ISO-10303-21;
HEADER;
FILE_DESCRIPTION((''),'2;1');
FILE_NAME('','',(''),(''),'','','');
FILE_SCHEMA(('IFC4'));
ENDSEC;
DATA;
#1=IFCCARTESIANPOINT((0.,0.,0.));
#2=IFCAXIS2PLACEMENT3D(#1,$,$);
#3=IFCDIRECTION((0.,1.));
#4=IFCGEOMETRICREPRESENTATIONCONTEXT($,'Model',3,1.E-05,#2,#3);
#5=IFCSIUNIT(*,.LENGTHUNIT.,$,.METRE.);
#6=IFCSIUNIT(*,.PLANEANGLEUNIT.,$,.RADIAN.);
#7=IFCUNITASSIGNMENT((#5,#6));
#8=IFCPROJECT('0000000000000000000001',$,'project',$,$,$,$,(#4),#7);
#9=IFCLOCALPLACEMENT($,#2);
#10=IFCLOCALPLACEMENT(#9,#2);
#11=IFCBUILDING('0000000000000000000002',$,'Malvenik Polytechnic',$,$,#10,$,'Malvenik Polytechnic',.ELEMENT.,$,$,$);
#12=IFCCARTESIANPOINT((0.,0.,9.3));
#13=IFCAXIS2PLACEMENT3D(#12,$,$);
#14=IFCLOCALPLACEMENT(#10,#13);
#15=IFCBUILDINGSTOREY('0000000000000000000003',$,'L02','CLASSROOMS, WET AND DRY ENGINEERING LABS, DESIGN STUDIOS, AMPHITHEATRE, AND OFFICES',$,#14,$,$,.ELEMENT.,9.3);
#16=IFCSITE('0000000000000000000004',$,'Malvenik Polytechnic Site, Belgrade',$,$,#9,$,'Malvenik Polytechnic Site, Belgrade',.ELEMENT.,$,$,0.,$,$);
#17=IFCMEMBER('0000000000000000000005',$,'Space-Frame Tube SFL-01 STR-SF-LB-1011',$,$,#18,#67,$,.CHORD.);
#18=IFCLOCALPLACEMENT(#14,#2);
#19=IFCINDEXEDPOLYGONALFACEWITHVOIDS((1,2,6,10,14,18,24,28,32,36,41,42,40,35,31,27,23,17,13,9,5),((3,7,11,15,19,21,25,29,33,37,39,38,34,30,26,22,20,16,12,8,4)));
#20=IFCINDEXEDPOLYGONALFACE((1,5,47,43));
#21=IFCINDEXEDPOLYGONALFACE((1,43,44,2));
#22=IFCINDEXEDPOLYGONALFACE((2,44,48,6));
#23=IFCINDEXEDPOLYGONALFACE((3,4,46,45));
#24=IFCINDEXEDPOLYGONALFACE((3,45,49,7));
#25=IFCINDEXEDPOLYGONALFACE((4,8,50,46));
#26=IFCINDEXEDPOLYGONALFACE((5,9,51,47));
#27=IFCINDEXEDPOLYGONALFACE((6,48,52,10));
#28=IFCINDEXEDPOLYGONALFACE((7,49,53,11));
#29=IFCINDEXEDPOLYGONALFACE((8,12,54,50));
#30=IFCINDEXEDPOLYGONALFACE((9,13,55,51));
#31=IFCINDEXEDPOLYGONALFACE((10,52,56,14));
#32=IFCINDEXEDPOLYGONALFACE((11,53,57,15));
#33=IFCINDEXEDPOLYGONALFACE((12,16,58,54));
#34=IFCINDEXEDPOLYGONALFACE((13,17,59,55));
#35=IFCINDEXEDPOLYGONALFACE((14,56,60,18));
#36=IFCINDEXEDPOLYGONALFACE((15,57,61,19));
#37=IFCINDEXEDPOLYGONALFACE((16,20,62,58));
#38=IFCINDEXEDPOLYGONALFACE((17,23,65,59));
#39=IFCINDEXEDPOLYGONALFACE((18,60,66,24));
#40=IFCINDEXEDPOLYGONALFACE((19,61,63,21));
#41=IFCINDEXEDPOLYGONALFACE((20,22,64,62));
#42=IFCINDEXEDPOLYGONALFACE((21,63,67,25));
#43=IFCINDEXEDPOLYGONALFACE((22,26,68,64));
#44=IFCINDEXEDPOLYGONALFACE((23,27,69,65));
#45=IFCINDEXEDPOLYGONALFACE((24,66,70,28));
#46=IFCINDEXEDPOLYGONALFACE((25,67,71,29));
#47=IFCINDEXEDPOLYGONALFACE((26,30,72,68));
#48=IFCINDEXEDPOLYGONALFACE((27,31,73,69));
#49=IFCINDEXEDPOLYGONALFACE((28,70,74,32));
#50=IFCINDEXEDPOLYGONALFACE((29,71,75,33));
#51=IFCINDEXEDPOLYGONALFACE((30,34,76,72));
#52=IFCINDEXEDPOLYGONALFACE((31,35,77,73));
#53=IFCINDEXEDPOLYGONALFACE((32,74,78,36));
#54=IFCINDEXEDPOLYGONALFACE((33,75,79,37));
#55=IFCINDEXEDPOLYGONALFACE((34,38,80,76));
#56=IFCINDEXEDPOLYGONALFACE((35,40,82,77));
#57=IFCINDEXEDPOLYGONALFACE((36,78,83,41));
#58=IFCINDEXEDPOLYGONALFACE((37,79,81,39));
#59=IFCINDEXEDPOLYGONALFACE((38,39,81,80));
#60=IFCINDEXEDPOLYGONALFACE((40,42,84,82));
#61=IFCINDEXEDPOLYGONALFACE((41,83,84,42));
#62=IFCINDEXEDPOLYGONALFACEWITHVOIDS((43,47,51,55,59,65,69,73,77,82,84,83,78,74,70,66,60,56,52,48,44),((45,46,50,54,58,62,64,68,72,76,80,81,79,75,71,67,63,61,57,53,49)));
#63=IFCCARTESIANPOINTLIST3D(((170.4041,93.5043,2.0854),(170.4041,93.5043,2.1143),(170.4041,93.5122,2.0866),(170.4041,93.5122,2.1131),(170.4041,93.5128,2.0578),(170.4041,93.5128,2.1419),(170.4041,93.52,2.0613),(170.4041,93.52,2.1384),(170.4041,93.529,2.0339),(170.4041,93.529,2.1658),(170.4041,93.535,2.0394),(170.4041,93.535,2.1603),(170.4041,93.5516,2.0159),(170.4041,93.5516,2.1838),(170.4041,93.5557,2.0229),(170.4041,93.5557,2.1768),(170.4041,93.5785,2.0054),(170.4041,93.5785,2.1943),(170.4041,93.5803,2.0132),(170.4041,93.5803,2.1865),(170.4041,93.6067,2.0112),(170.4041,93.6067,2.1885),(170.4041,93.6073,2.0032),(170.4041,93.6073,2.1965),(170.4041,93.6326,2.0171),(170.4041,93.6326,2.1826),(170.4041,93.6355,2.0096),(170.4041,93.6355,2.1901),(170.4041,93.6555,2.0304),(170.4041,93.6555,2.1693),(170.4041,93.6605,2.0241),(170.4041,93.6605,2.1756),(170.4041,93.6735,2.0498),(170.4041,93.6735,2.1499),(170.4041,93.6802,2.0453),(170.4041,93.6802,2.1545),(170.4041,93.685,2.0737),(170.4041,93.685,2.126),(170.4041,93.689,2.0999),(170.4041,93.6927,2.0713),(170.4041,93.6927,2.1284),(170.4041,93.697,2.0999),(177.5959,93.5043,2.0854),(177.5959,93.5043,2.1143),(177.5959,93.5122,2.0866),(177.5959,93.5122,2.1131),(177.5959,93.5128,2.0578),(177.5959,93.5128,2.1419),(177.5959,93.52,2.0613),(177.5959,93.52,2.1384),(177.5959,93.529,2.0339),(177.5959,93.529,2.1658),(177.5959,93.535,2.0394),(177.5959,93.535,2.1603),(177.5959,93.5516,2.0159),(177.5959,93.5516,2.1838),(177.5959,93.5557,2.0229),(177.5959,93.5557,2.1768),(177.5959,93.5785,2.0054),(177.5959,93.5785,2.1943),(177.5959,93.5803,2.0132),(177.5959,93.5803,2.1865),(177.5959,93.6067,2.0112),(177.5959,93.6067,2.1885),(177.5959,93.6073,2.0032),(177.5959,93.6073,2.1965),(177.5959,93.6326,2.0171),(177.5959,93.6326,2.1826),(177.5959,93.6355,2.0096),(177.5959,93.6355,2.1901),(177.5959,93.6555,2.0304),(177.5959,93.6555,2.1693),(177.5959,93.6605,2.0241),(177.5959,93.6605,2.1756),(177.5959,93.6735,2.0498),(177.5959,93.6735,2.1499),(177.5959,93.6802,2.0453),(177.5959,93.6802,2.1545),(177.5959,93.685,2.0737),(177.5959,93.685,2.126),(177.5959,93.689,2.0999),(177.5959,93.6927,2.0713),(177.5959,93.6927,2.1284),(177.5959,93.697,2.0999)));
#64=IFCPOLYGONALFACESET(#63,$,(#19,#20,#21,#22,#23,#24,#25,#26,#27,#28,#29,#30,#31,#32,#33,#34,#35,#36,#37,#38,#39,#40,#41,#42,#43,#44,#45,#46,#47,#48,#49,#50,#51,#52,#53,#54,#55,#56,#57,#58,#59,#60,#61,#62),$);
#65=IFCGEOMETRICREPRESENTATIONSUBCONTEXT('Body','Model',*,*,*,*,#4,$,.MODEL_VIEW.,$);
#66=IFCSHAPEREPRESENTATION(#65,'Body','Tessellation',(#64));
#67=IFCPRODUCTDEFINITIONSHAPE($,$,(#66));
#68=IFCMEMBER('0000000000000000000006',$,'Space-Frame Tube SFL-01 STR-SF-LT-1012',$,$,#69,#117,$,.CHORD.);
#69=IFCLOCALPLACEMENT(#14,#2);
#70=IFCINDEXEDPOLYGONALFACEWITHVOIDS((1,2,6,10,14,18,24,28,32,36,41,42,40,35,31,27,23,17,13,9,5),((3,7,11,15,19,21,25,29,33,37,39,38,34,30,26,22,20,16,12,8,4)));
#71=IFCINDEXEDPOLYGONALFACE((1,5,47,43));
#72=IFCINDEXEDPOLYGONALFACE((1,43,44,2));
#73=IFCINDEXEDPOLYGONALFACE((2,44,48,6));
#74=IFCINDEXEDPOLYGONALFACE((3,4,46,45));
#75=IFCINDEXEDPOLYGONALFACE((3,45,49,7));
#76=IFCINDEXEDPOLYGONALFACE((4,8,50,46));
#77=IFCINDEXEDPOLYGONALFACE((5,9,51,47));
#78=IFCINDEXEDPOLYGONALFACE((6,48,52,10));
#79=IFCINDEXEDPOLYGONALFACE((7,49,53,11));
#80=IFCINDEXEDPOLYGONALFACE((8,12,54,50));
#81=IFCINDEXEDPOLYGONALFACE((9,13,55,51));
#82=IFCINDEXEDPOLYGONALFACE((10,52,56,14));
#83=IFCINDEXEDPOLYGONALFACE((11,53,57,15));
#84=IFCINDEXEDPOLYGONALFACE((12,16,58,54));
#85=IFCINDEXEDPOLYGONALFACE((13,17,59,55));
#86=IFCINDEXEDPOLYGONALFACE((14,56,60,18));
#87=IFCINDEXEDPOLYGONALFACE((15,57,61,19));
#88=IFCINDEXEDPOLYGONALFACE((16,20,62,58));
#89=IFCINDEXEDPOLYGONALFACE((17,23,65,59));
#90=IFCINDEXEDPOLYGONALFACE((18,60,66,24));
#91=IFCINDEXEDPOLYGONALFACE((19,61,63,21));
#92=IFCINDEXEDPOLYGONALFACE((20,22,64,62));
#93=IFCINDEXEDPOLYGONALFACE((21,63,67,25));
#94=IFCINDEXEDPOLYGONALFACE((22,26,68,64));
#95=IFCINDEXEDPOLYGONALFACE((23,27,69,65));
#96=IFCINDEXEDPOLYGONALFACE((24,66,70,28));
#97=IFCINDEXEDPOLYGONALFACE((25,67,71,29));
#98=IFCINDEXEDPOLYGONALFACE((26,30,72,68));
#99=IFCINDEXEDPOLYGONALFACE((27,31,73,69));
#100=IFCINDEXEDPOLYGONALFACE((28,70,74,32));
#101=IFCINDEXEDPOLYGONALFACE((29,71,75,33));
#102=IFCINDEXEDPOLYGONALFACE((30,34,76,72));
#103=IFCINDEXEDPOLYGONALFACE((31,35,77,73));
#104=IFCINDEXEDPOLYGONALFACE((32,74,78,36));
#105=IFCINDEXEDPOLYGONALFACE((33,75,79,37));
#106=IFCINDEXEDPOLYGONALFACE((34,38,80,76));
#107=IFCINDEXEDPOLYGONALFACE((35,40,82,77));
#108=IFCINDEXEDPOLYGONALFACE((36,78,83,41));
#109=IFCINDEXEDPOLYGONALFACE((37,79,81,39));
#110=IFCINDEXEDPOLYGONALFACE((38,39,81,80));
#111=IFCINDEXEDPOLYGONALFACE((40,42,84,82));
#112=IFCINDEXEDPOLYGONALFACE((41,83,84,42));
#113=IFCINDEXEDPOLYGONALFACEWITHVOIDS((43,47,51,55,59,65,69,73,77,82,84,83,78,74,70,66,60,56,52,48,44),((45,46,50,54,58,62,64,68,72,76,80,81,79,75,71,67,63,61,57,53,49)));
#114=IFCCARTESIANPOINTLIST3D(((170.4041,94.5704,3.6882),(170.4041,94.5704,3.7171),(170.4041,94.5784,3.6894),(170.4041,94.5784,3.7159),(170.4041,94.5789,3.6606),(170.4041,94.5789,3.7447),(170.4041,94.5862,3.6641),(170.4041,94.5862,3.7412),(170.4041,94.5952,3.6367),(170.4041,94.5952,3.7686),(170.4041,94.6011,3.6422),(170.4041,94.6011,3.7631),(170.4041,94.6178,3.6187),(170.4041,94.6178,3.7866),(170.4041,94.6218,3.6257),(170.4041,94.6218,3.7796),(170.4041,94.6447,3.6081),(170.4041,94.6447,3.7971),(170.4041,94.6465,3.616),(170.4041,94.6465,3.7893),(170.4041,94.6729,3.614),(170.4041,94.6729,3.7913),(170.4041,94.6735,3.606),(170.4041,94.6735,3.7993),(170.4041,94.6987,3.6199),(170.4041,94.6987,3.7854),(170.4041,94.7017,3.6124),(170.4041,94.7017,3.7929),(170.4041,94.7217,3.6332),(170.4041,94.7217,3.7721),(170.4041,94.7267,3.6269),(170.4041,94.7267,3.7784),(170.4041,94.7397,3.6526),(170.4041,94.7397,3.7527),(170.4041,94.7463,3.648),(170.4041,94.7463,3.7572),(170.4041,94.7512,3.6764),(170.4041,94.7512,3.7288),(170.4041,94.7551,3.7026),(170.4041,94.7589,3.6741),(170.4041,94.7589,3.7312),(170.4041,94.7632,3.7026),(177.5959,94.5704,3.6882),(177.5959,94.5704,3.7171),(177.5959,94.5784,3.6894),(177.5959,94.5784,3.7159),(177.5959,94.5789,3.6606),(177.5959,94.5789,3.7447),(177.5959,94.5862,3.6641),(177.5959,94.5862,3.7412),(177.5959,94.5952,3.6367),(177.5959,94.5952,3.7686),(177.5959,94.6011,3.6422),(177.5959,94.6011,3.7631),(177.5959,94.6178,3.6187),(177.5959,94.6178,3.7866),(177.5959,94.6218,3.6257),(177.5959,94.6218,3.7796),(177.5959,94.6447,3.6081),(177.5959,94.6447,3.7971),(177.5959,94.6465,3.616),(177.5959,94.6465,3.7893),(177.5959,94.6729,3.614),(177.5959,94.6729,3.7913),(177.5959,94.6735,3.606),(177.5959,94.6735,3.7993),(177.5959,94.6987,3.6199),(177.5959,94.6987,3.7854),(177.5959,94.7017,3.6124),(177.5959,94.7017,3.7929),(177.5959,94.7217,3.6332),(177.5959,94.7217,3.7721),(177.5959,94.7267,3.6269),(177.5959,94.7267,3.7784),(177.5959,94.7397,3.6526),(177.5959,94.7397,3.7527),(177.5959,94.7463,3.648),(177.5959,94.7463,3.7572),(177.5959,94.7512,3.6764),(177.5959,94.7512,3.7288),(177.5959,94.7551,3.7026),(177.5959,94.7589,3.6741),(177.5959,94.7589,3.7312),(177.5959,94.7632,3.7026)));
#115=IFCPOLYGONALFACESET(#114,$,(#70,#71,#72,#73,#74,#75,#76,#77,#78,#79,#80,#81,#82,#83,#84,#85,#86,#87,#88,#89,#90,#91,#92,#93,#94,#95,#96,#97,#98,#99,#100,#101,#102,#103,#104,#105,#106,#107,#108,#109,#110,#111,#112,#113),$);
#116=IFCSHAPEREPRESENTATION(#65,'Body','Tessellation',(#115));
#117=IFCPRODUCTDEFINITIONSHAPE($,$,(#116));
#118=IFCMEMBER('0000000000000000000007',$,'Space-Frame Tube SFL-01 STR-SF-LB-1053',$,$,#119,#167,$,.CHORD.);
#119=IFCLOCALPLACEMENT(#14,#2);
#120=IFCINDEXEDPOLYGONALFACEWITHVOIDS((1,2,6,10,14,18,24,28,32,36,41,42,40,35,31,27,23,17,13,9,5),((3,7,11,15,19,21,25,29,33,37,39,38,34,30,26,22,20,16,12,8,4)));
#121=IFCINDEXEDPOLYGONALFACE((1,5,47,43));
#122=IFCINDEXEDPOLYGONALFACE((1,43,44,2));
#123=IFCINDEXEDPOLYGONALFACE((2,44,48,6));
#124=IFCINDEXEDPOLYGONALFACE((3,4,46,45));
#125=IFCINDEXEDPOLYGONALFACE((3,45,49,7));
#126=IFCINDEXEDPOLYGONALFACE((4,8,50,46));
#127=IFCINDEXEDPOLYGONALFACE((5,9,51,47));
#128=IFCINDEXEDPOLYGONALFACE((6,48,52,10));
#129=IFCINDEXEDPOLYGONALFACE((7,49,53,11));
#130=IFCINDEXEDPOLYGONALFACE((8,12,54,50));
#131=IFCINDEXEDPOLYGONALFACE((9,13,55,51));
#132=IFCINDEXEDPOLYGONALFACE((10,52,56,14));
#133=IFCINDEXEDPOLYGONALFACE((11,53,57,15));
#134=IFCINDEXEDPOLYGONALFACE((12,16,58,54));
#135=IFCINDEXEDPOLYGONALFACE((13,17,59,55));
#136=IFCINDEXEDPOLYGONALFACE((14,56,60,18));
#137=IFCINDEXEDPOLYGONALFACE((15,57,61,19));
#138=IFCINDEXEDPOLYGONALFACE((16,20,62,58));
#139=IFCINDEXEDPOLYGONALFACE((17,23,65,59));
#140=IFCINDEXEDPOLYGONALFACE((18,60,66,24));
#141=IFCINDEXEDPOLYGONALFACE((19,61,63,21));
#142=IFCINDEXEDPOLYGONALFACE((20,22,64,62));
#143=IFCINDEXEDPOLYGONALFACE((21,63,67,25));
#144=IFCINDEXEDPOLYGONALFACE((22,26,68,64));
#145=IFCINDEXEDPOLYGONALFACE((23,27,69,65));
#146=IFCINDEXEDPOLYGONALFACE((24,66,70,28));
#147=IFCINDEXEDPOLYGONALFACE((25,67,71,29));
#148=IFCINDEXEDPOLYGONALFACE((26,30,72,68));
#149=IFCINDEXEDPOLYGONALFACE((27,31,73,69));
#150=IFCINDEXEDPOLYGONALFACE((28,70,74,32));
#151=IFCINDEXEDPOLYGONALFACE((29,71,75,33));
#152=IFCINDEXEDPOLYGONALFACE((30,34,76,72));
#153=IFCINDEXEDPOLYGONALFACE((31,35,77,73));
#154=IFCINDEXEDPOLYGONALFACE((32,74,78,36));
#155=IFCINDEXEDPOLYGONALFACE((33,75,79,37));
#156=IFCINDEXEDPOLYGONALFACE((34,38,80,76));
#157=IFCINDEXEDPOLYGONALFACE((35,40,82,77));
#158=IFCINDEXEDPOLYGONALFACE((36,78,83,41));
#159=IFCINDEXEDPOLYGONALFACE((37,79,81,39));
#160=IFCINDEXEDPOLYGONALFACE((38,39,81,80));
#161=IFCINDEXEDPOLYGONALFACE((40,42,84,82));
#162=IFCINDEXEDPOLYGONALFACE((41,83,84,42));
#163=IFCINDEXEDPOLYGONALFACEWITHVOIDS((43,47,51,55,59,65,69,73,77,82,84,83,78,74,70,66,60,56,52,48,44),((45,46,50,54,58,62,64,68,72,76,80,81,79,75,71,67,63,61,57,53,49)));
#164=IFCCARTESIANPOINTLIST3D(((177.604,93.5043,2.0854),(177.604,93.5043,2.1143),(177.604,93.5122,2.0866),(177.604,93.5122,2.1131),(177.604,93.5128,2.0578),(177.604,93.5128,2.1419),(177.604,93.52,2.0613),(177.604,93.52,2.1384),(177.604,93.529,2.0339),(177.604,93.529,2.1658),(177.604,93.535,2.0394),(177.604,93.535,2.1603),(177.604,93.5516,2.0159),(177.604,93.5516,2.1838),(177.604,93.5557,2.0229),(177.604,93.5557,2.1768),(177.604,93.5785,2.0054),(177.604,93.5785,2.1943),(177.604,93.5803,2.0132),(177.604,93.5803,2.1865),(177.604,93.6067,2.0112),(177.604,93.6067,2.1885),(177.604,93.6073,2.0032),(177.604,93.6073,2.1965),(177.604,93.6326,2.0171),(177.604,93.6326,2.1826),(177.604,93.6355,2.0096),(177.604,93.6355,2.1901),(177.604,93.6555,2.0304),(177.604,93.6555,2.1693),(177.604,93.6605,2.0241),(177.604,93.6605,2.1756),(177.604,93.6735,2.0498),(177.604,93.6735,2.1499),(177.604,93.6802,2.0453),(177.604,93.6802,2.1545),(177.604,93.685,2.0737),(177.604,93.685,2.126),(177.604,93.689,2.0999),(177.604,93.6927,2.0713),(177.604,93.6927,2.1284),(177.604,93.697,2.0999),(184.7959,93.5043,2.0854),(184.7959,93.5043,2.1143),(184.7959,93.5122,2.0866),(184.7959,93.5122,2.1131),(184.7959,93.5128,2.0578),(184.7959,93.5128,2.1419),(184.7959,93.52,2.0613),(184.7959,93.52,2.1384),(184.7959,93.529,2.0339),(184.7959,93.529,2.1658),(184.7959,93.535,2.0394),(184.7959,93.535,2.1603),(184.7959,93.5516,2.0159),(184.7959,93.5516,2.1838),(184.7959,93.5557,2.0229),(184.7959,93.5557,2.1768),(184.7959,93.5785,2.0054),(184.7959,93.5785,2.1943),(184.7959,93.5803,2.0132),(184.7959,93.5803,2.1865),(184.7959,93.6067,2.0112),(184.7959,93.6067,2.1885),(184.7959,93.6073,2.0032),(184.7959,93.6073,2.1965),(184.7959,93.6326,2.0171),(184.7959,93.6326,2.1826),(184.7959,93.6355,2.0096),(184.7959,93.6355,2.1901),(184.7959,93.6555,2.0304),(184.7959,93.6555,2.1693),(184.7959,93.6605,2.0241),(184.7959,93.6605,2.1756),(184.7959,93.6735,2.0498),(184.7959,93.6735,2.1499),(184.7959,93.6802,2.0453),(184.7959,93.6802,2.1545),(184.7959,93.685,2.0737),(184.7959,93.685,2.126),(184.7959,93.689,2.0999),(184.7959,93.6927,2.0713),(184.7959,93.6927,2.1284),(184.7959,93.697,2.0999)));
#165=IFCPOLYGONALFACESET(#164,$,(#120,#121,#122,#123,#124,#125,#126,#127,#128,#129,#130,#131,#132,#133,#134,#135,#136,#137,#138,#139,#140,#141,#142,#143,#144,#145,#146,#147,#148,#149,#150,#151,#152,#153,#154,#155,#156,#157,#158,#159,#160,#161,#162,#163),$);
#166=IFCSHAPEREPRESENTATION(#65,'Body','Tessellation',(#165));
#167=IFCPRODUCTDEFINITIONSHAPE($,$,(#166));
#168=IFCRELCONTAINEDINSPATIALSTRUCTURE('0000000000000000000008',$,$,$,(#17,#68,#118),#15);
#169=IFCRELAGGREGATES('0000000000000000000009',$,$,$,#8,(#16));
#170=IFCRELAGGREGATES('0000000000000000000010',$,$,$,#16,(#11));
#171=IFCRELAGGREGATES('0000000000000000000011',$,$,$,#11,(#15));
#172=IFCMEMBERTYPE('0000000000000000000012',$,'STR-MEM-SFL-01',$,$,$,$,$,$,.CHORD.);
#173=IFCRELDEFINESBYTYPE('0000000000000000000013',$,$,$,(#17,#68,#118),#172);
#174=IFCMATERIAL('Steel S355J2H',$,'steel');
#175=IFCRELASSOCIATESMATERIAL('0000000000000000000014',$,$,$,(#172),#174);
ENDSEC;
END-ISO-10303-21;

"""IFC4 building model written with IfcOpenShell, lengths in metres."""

from ifc_helpers import new_model, si_unit, direction, frame, origin, origin_2d, place, context, subcontext, project, spatial, hollow_circle, extrude, material, material_profile, profile_set, type_object, element, save


model = new_model("IFC4")

# Units and contexts
model_context = context("Model", 3, precision=1e-05, world=origin(), true_north=direction((0.0, 1.0)))
body_context = subcontext(model_context, "Body", "Model", "MODEL_VIEW")
ifc_project = project(units=[si_unit("LENGTHUNIT", "METRE"), si_unit("PLANEANGLEUNIT", "RADIAN")], contexts=[model_context])

# Site, building, storey
site_placement = place(None, origin())
site = spatial("IfcSite", under=ifc_project, at=site_placement, Name="Malvenik Polytechnic Site, Belgrade", LongName="Malvenik Polytechnic Site, Belgrade", CompositionType="ELEMENT", RefElevation=0.0)
building_placement = place(site_placement, origin())
building = spatial("IfcBuilding", under=site, at=building_placement, Name="Malvenik Polytechnic", LongName="Malvenik Polytechnic", CompositionType="ELEMENT")
storey_placement = place(building_placement, frame((0.0, 0.0, 9.3)))
storey = spatial("IfcBuildingStorey", under=building, at=storey_placement, Name="L02", Description="CLASSROOMS, WET AND DRY ENGINEERING LABS, DESIGN STUDIOS, AMPHITHEATRE, AND OFFICES", CompositionType="ELEMENT", Elevation=9.3)

# Members
ifc_material_1 = material(Name="Steel S355J2H", Category="steel")
ifc_material_profile_1 = material_profile(ifc_material_1, hollow_circle(Radius=0.0969, WallThickness=0.0081, at=origin_2d()), Name="CHS 193.7x8.0")
ifc_profile_set_1 = profile_set([ifc_material_profile_1], Name="Steel S355J2H")
member_type_1 = type_object("IfcMemberType", Name="STR-MEM-SFL-01", PredefinedType="CHORD", material=ifc_profile_set_1)
for number, where, z_axis, x_axis, name in (
    (1, (170.4041, 93.6001, 2.0999), (1.0, 0.0, 0.0), (0.0, 1.0, 0.0), "Space-Frame Tube SFL-01 STR-SF-LB-1011"),
    (2, (170.4041, 94.6663, 3.7026), (1.0, 0.0, 0.0), (0.0, 1.0, 0.0), "Space-Frame Tube SFL-01 STR-SF-LT-1012"),
    (3, (177.604, 93.6001, 2.0999), (1.0, 0.0, 0.0), (0.0, 1.0, 0.0), "Space-Frame Tube SFL-01 STR-SF-LB-1053"),
):
    element("IfcMember", number, at=place(storey_placement, frame(where, z_axis=z_axis, x_axis=x_axis)), inside=storey, type_object=member_type_1, Name=name, PredefinedType="CHORD", context=body_context, shape_type="SweptSolid", body=[
        extrude(hollow_circle(Radius=0.0969, WallThickness=0.0081, at=origin_2d()), origin(), (0.0, 0.0, 1.0), 7.1919),
    ])

save(model, "model.ifc")
